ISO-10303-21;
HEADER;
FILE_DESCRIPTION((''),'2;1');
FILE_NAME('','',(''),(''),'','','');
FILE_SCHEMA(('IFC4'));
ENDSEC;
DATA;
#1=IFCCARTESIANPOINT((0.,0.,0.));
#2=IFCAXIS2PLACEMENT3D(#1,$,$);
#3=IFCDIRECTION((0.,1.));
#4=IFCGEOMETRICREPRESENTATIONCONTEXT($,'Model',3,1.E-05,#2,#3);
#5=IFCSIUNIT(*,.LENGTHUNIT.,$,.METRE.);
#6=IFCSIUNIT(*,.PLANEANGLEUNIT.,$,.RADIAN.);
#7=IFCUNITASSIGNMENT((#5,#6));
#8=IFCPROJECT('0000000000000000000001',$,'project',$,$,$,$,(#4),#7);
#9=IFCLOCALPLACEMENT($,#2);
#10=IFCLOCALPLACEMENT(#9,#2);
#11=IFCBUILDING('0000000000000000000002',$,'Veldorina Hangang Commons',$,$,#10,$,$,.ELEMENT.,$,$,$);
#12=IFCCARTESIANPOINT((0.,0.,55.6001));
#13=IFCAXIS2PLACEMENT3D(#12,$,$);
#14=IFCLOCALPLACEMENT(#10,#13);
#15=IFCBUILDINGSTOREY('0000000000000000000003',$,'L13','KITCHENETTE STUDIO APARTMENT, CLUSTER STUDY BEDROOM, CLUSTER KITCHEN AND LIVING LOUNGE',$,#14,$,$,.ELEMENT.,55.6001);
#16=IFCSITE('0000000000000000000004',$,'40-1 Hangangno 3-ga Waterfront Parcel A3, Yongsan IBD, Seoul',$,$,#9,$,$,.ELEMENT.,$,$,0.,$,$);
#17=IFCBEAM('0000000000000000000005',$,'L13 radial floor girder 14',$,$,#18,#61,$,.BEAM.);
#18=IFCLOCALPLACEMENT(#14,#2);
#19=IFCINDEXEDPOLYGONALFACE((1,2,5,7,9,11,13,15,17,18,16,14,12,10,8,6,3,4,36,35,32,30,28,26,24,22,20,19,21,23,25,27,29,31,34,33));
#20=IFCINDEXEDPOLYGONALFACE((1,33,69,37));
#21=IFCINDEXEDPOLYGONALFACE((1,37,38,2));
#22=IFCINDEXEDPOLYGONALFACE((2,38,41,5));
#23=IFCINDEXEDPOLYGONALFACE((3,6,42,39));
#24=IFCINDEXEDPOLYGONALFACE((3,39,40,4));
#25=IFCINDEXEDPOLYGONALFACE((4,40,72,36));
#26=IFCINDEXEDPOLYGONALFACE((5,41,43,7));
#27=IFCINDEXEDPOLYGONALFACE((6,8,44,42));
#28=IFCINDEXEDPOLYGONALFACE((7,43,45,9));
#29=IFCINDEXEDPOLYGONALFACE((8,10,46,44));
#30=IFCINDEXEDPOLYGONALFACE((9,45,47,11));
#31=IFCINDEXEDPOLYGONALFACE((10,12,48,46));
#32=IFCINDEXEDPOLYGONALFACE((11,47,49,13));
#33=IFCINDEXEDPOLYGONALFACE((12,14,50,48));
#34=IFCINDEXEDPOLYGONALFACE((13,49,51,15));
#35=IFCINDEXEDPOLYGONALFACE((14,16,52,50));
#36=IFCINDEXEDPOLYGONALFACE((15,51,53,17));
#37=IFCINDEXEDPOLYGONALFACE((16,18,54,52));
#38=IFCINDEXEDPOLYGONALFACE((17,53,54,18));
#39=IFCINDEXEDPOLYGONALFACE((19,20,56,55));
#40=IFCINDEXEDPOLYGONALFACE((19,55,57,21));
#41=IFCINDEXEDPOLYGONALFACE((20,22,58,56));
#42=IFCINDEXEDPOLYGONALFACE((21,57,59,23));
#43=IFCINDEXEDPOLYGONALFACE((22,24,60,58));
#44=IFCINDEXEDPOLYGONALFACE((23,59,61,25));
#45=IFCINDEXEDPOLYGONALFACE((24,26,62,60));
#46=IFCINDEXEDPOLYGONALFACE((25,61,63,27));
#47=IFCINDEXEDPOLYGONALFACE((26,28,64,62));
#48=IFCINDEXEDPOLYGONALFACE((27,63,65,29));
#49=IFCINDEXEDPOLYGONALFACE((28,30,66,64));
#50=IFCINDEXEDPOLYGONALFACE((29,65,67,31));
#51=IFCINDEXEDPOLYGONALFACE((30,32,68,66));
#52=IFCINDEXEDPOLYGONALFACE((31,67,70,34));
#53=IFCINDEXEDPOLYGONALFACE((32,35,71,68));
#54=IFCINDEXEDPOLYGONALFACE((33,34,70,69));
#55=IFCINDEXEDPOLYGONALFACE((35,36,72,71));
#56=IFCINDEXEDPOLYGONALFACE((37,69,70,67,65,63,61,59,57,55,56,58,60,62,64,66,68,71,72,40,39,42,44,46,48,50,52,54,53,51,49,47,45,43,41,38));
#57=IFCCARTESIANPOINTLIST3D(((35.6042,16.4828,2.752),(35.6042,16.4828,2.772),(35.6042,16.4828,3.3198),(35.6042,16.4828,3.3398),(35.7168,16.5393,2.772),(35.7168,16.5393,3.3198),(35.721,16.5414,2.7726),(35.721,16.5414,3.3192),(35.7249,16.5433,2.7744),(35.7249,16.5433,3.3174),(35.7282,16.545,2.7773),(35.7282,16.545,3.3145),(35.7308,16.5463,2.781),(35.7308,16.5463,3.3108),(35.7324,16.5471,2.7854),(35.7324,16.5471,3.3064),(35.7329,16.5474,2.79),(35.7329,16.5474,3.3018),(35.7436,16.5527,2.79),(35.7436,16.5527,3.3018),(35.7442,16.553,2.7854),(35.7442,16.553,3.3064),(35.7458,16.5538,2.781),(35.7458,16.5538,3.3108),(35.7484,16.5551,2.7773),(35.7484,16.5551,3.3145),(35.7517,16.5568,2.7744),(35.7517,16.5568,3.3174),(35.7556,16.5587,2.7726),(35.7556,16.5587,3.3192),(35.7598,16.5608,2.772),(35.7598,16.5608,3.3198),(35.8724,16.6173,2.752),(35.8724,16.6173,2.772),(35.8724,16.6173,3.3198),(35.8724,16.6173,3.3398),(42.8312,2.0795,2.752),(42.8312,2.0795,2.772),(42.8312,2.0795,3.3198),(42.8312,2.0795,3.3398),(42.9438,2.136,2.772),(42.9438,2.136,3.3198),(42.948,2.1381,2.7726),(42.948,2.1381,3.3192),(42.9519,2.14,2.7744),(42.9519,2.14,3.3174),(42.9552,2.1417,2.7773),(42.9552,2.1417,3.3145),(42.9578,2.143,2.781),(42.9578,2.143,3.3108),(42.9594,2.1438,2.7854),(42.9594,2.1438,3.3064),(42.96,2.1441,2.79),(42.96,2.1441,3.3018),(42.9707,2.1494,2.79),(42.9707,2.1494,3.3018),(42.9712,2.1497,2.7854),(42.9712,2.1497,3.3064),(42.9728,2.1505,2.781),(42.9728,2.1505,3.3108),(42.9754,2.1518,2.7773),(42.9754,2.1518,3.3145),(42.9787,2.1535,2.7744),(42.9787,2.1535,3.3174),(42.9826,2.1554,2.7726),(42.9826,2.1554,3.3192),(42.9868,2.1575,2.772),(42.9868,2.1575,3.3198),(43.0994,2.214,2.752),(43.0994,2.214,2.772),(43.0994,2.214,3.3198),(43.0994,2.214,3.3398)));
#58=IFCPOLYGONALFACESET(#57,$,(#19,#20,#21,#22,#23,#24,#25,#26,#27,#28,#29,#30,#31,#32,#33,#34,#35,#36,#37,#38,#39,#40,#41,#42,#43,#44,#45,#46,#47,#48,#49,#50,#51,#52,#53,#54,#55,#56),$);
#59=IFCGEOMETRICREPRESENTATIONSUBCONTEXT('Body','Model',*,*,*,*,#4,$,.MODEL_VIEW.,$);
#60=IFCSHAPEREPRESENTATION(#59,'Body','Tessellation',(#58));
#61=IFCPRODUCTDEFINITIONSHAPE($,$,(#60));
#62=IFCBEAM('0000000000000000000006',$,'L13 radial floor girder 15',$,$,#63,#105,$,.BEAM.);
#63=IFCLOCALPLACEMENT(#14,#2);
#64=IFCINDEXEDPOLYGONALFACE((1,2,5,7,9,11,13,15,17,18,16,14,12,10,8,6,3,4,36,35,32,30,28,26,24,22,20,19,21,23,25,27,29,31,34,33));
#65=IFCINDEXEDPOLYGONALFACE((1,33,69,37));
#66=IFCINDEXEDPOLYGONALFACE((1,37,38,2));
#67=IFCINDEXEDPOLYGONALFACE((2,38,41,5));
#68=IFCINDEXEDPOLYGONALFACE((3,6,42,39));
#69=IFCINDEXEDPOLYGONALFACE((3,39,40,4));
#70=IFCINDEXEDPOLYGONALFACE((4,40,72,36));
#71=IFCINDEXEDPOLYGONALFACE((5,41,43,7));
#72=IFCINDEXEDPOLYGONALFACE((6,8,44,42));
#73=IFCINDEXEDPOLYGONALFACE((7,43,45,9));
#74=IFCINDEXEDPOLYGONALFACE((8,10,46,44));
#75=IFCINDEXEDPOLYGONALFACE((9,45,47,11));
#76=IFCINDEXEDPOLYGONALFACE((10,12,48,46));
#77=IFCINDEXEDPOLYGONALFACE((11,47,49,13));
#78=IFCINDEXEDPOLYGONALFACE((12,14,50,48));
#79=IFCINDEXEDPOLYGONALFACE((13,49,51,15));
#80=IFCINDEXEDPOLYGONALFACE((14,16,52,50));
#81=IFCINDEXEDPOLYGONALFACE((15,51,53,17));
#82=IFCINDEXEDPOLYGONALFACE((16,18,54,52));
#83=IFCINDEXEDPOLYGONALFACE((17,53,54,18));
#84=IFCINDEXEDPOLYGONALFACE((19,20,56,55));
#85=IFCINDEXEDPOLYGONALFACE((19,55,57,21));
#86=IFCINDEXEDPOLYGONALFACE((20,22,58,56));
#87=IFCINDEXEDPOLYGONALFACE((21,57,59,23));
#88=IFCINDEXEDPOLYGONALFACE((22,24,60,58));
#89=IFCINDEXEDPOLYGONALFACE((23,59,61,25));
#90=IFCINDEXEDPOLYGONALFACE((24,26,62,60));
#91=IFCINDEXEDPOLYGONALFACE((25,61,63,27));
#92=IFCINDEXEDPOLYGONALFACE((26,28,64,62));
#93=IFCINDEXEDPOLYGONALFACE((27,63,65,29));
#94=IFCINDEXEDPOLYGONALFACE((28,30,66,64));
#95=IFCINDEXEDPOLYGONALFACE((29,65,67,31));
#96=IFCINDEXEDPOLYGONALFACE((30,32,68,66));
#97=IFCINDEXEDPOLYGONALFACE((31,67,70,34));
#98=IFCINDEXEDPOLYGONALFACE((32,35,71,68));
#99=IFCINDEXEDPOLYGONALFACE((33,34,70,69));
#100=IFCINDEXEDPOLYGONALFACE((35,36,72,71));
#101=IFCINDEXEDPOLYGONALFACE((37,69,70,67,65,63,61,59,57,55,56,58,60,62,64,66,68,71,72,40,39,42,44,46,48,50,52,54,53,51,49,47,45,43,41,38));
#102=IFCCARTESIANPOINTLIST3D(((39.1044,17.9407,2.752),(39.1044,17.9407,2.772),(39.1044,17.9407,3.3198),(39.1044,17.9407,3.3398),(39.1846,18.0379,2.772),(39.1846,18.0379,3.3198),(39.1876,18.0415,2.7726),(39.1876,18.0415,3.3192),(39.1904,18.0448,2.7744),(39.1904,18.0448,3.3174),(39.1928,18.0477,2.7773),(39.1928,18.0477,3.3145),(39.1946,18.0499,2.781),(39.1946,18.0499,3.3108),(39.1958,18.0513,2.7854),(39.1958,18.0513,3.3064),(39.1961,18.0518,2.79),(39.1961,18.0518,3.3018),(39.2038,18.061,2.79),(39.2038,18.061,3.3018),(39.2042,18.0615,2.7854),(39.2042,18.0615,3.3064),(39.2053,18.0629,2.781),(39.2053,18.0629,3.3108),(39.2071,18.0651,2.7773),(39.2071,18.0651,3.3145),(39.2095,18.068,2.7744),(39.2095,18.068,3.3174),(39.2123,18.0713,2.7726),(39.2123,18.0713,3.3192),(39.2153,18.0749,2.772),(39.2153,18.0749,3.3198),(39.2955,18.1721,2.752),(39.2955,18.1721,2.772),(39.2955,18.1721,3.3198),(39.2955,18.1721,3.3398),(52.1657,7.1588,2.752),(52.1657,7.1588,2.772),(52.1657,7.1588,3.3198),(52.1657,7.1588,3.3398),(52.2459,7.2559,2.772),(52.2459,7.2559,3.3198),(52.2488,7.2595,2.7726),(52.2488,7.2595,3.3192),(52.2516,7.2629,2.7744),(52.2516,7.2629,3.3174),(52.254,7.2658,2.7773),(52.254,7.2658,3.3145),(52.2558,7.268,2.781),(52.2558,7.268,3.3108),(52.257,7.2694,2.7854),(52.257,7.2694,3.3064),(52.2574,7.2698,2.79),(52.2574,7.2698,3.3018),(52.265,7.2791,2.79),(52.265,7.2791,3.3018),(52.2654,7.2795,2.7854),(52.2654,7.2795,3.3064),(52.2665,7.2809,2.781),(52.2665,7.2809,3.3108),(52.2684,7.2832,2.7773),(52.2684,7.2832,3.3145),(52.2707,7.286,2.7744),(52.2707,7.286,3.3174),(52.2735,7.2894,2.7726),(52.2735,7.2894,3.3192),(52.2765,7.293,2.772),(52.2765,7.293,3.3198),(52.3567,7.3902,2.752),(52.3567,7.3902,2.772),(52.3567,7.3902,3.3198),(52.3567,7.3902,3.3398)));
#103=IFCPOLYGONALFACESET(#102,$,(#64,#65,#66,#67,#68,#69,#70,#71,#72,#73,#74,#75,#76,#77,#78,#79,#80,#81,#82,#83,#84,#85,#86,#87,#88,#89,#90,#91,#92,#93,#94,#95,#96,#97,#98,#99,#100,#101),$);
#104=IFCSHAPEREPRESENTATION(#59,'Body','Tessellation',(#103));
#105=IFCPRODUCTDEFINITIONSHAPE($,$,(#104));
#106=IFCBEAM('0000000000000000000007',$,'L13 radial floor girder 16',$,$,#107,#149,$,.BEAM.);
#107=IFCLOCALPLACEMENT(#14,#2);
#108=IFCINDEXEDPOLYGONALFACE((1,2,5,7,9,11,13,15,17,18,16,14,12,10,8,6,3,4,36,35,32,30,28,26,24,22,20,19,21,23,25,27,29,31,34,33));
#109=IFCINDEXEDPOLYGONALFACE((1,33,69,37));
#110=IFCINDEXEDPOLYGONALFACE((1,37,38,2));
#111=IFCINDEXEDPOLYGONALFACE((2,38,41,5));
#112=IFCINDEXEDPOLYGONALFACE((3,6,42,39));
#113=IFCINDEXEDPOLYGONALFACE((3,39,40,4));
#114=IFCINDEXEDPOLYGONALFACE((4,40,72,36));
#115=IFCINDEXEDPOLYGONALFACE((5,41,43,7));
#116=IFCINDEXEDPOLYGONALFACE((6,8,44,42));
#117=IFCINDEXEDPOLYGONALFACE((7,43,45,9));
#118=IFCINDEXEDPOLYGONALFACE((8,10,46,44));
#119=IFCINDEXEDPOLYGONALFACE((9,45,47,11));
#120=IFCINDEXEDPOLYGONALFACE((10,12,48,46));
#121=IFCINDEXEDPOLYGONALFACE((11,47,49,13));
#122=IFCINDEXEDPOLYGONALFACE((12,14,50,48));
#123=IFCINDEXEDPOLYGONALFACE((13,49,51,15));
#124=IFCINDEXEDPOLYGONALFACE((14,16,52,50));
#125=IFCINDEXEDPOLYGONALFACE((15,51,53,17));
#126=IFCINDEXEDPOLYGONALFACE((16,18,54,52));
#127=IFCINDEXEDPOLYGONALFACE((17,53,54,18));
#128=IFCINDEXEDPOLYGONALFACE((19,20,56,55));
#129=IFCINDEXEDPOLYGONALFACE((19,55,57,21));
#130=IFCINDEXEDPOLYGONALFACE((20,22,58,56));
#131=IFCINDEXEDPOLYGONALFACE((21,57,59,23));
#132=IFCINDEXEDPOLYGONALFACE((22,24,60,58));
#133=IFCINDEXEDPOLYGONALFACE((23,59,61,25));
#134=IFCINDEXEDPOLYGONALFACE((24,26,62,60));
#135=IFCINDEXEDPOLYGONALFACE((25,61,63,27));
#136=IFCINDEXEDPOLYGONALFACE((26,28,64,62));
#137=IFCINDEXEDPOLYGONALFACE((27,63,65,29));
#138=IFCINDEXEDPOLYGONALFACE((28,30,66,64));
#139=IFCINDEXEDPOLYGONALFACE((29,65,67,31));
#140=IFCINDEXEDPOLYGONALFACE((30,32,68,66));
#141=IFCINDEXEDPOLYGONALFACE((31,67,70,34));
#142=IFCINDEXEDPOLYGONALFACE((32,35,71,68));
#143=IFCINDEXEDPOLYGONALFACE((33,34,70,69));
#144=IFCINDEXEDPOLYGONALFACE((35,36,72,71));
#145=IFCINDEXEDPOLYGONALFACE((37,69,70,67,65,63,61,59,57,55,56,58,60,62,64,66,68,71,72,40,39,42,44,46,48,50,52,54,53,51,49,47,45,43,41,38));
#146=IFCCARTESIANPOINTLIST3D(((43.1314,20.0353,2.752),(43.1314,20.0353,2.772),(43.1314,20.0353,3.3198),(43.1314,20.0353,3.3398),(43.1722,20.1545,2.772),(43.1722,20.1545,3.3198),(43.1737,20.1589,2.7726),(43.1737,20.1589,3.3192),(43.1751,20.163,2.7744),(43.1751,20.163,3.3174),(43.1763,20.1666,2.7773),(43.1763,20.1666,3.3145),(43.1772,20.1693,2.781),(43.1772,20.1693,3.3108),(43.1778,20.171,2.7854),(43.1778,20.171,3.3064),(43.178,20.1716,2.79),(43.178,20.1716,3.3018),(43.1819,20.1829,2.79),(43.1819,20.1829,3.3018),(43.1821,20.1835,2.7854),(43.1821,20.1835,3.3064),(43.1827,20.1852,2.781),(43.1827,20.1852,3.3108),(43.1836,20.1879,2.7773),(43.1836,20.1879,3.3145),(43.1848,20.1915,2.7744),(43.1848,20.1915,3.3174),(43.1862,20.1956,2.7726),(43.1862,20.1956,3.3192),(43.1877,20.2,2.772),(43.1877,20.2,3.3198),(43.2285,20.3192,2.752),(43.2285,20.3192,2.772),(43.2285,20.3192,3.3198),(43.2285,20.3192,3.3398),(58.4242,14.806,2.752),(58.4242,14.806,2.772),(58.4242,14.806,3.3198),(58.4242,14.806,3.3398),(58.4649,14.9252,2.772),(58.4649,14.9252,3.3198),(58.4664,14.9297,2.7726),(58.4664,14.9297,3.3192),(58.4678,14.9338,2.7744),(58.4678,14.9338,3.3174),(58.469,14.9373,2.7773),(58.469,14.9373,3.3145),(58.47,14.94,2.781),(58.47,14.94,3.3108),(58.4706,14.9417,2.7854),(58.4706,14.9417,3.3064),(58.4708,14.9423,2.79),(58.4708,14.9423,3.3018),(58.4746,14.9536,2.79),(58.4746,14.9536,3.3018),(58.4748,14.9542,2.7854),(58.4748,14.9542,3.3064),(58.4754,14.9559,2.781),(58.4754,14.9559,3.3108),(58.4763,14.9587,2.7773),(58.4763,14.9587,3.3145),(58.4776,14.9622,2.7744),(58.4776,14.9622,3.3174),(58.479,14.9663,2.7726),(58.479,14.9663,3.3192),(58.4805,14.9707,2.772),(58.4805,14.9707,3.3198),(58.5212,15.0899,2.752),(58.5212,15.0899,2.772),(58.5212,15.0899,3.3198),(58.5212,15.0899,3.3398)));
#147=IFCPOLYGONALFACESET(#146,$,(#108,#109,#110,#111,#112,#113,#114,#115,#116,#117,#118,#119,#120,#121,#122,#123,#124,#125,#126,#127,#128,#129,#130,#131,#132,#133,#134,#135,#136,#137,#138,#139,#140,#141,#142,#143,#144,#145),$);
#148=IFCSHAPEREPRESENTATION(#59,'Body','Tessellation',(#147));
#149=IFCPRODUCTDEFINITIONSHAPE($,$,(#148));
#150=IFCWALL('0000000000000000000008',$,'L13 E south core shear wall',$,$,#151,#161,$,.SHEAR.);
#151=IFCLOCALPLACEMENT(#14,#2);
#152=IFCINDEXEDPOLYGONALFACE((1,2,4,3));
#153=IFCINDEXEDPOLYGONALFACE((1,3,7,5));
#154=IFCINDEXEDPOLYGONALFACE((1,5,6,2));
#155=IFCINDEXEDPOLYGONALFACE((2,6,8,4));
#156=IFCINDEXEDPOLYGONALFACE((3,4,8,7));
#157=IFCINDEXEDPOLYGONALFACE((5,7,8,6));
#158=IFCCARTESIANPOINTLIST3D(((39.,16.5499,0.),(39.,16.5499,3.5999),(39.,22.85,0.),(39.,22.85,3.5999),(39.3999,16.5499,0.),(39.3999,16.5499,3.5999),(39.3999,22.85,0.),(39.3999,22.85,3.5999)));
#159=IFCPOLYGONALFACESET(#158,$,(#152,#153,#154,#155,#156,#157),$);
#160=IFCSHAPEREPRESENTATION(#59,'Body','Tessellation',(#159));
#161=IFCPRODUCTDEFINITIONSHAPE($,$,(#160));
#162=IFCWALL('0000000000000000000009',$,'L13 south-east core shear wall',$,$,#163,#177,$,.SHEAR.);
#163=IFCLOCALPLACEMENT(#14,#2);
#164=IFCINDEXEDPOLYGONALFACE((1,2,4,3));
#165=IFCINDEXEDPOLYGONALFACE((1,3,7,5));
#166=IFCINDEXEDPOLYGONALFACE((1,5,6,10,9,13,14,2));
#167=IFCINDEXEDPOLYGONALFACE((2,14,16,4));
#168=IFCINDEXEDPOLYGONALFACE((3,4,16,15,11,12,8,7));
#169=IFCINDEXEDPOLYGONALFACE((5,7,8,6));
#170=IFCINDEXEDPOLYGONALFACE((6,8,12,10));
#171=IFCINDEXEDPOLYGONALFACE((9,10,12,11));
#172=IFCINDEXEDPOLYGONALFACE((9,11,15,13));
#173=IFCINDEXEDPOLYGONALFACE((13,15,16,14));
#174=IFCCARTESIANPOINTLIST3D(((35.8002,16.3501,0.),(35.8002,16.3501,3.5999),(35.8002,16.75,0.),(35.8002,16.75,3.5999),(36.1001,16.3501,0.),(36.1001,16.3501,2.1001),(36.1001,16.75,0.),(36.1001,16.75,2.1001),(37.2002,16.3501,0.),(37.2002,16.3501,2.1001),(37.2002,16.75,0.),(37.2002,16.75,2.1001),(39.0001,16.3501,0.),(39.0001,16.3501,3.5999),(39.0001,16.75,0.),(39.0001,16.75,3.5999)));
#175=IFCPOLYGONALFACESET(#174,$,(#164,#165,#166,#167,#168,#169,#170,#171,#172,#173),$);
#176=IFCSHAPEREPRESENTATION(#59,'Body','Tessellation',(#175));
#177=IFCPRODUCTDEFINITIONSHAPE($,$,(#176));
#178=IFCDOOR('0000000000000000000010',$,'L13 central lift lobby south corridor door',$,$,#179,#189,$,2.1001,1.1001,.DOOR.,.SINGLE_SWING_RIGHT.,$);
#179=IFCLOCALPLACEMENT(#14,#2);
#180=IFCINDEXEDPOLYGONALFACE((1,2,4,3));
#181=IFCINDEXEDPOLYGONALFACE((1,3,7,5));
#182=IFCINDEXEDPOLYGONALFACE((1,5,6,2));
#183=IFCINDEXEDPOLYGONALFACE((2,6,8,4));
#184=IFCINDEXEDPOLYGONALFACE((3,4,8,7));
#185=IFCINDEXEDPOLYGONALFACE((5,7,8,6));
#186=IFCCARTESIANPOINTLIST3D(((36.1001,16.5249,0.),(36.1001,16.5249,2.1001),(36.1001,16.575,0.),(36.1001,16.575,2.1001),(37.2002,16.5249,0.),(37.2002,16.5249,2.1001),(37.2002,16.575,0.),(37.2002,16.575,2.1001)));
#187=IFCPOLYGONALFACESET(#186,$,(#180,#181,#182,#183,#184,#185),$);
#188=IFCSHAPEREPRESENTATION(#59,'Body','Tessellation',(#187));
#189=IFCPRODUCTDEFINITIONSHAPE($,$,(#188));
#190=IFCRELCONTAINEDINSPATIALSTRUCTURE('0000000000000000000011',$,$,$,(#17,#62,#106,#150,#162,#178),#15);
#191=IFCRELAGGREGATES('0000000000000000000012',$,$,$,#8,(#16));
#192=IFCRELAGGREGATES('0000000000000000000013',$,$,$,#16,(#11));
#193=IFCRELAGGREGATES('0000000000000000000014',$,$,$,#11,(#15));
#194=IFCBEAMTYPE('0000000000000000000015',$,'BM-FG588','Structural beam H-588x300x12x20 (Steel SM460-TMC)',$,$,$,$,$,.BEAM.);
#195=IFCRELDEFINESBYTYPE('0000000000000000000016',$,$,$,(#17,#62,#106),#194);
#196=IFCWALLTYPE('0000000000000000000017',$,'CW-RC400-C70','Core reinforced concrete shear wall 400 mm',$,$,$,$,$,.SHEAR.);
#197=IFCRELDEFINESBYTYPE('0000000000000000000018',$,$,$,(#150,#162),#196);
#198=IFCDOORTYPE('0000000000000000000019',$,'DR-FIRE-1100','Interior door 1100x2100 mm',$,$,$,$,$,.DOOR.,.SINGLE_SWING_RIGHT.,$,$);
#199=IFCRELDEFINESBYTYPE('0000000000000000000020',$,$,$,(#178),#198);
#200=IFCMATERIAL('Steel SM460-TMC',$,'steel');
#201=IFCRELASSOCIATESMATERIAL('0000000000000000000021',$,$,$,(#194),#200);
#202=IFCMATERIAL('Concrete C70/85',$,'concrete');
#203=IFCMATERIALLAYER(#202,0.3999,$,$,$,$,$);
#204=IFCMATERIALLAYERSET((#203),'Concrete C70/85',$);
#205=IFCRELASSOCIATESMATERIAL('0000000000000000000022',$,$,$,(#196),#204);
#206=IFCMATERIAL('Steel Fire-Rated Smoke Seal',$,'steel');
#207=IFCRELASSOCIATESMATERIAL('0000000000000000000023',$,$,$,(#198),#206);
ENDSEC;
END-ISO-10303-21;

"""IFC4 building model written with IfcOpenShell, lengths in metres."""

from ifc_helpers import new_model, si_unit, direction, frame, frame_2d, origin, origin_2d, place, context, subcontext, project, spatial, rectangle, i_section, extrude, material, layer, layer_set, material_profile, profile_set, type_object, element, fill, save


model = new_model("IFC4")

# Units and contexts
model_context = context("Model", 3, precision=1e-05, world=origin(), true_north=direction((0.0, 1.0)))
body_context = subcontext(model_context, "Body", "Model", "MODEL_VIEW")
ifc_project = project(units=[si_unit("LENGTHUNIT", "METRE"), si_unit("PLANEANGLEUNIT", "RADIAN")], contexts=[model_context])

# Site, building, storey
site_placement = place(None, origin())
site = spatial("IfcSite", under=ifc_project, at=site_placement, Name="40-1 Hangangno 3-ga Waterfront Parcel A3, Yongsan IBD, Seoul", CompositionType="ELEMENT", RefElevation=0.0)
building_placement = place(site_placement, origin())
building = spatial("IfcBuilding", under=site, at=building_placement, Name="Veldorina Hangang Commons", CompositionType="ELEMENT")
storey_placement = place(building_placement, frame((0.0, 0.0, 55.6001)))
storey = spatial("IfcBuildingStorey", under=building, at=storey_placement, Name="L13", Description="KITCHENETTE STUDIO APARTMENT, CLUSTER STUDY BEDROOM, CLUSTER KITCHEN AND LIVING LOUNGE", CompositionType="ELEMENT", Elevation=55.6001)

# Beams
ifc_material_1 = material(Name="Steel SM460-TMC", Category="steel")
ifc_material_profile = material_profile(ifc_material_1, i_section(OverallWidth=0.3, OverallDepth=0.5879, WebThickness=0.012, FlangeThickness=0.02, FilletRadius=0.0181, at=origin_2d()), Name="H-588x300x12x20")
ifc_profile_set = profile_set([ifc_material_profile], Name="Steel SM460-TMC")
beam_type = type_object("IfcBeamType", Name="BM-FG588", Description="Structural beam H-588x300x12x20 (Steel SM460-TMC)", PredefinedType="BEAM", material=ifc_profile_set)
beam_1_placement = place(storey_placement, frame((35.7383, 16.55, 3.0459), z_axis=(0.448474, -0.893796, 0.0), x_axis=(0.893796, 0.448474, 0.0)))
element("IfcBeam", 1, at=beam_1_placement, inside=storey, type_object=beam_type, Name="L13 radial floor girder 14", PredefinedType="BEAM", context=body_context, shape_type="SweptSolid", body=[
    extrude(i_section(OverallWidth=0.3, OverallDepth=0.5879, WebThickness=0.012, FlangeThickness=0.02, FilletRadius=0.0181, at=origin_2d()), origin(), (0.0, 0.0, 1.0), 16.1147),
])
beam_2_placement = place(storey_placement, frame((39.2, 18.0564, 3.0459), z_axis=(0.771187, -0.636609, 0.0), x_axis=(0.636609, 0.771187, 0.0)))
element("IfcBeam", 2, at=beam_2_placement, inside=storey, type_object=beam_type, Name="L13 radial floor girder 15", PredefinedType="BEAM", context=body_context, shape_type="SweptSolid", body=[
    extrude(i_section(OverallWidth=0.3, OverallDepth=0.5879, WebThickness=0.012, FlangeThickness=0.02, FilletRadius=0.0181, at=origin_2d()), origin(), (0.0, 0.0, 1.0), 16.9365),
])
beam_3_placement = place(storey_placement, frame((43.1799, 20.1772, 3.0459), z_axis=(0.946211, -0.323551, 0.0), x_axis=(0.323551, 0.946211, 0.0)))
element("IfcBeam", 3, at=beam_3_placement, inside=storey, type_object=beam_type, Name="L13 radial floor girder 16", PredefinedType="BEAM", context=body_context, shape_type="SweptSolid", body=[
    extrude(i_section(OverallWidth=0.3, OverallDepth=0.5879, WebThickness=0.012, FlangeThickness=0.02, FilletRadius=0.0181, at=origin_2d()), origin(), (0.0, 0.0, 1.0), 16.1621),
])

# Wall
ifc_material_2 = material(Name="Concrete C70/85", Category="concrete")
ifc_layer_1 = layer(ifc_material_2, 0.3999)
ifc_layer_set_1 = layer_set([ifc_layer_1], Name="Concrete C70/85")
wall_type_1 = type_object("IfcWallType", Name="CW-RC400-C70", Description="Core reinforced concrete shear wall 400 mm", PredefinedType="SHEAR", material=ifc_layer_set_1)
wall_1_placement = place(storey_placement, frame((39.2, 16.55, 0.0), z_axis=(0.0, 0.0, 1.0), x_axis=(0.0, 1.0, 0.0)))
element("IfcWall", 4, at=wall_1_placement, inside=storey, type_object=wall_type_1, Name="L13 E south core shear wall", PredefinedType="SHEAR", context=body_context, shape_type="SweptSolid", body=[
    extrude(rectangle(XDim=6.3, YDim=0.3999, at=frame_2d((3.1499, 0.0))), origin(), (0.0, 0.0, 1.0), 3.5999),
])

# Wall, opening, door
wall_2_placement = place(storey_placement, frame((35.8, 16.55, 0.0), z_axis=(0.0, 0.0, 1.0), x_axis=(1.0, 0.0, 0.0)))
wall_2 = element("IfcWall", 5, at=wall_2_placement, inside=storey, type_object=wall_type_1, Name="L13 south-east core shear wall", PredefinedType="SHEAR", context=body_context, shape_type="SweptSolid", body=[
    extrude(rectangle(XDim=3.2, YDim=0.3999, at=frame_2d((1.6001, 0.0))), origin(), (0.0, 0.0, 1.0), 3.5999),
])
opening_1_placement = place(wall_2_placement, frame((0.3, 0.0, 0.0)))
opening_1 = element("IfcOpeningElement", 6, at=opening_1_placement, cuts=wall_2, PredefinedType="OPENING", context=body_context, shape_type="SweptSolid", body=[
    extrude(rectangle(XDim=1.1001, YDim=2.1001, at=frame_2d((0.55, 1.05))), frame((0.0, 0.21, 0.0), z_axis=(0.0, -1.0, 0.0), x_axis=(1.0, 0.0, 0.0)), (0.0, 0.0, 1.0), 0.4199),
])
ifc_material_3 = material(Name="Steel Fire-Rated Smoke Seal", Category="steel")
door_type_1 = type_object("IfcDoorType", Name="DR-FIRE-1100", Description="Interior door 1100x2100 mm", OperationType="SINGLE_SWING_RIGHT", PredefinedType="DOOR", material=ifc_material_3)
door_1_placement = place(opening_1_placement, origin())
door_1 = element("IfcDoor", 7, at=door_1_placement, inside=storey, type_object=door_type_1, Name="L13 central lift lobby south corridor door", OperationType="SINGLE_SWING_RIGHT", OverallHeight=2.1001, OverallWidth=1.1001, PredefinedType="DOOR", context=body_context, shape_type="SweptSolid", body=[
    extrude(rectangle(XDim=1.1001, YDim=2.1001, at=frame_2d((0.55, 1.05))), frame((0.0, 0.0249, 0.0), z_axis=(0.0, -1.0, 0.0), x_axis=(1.0, 0.0, 0.0)), (0.0, 0.0, 1.0), 0.05),
])
fill(opening_1, door_1)

save(model, "model.ifc")
